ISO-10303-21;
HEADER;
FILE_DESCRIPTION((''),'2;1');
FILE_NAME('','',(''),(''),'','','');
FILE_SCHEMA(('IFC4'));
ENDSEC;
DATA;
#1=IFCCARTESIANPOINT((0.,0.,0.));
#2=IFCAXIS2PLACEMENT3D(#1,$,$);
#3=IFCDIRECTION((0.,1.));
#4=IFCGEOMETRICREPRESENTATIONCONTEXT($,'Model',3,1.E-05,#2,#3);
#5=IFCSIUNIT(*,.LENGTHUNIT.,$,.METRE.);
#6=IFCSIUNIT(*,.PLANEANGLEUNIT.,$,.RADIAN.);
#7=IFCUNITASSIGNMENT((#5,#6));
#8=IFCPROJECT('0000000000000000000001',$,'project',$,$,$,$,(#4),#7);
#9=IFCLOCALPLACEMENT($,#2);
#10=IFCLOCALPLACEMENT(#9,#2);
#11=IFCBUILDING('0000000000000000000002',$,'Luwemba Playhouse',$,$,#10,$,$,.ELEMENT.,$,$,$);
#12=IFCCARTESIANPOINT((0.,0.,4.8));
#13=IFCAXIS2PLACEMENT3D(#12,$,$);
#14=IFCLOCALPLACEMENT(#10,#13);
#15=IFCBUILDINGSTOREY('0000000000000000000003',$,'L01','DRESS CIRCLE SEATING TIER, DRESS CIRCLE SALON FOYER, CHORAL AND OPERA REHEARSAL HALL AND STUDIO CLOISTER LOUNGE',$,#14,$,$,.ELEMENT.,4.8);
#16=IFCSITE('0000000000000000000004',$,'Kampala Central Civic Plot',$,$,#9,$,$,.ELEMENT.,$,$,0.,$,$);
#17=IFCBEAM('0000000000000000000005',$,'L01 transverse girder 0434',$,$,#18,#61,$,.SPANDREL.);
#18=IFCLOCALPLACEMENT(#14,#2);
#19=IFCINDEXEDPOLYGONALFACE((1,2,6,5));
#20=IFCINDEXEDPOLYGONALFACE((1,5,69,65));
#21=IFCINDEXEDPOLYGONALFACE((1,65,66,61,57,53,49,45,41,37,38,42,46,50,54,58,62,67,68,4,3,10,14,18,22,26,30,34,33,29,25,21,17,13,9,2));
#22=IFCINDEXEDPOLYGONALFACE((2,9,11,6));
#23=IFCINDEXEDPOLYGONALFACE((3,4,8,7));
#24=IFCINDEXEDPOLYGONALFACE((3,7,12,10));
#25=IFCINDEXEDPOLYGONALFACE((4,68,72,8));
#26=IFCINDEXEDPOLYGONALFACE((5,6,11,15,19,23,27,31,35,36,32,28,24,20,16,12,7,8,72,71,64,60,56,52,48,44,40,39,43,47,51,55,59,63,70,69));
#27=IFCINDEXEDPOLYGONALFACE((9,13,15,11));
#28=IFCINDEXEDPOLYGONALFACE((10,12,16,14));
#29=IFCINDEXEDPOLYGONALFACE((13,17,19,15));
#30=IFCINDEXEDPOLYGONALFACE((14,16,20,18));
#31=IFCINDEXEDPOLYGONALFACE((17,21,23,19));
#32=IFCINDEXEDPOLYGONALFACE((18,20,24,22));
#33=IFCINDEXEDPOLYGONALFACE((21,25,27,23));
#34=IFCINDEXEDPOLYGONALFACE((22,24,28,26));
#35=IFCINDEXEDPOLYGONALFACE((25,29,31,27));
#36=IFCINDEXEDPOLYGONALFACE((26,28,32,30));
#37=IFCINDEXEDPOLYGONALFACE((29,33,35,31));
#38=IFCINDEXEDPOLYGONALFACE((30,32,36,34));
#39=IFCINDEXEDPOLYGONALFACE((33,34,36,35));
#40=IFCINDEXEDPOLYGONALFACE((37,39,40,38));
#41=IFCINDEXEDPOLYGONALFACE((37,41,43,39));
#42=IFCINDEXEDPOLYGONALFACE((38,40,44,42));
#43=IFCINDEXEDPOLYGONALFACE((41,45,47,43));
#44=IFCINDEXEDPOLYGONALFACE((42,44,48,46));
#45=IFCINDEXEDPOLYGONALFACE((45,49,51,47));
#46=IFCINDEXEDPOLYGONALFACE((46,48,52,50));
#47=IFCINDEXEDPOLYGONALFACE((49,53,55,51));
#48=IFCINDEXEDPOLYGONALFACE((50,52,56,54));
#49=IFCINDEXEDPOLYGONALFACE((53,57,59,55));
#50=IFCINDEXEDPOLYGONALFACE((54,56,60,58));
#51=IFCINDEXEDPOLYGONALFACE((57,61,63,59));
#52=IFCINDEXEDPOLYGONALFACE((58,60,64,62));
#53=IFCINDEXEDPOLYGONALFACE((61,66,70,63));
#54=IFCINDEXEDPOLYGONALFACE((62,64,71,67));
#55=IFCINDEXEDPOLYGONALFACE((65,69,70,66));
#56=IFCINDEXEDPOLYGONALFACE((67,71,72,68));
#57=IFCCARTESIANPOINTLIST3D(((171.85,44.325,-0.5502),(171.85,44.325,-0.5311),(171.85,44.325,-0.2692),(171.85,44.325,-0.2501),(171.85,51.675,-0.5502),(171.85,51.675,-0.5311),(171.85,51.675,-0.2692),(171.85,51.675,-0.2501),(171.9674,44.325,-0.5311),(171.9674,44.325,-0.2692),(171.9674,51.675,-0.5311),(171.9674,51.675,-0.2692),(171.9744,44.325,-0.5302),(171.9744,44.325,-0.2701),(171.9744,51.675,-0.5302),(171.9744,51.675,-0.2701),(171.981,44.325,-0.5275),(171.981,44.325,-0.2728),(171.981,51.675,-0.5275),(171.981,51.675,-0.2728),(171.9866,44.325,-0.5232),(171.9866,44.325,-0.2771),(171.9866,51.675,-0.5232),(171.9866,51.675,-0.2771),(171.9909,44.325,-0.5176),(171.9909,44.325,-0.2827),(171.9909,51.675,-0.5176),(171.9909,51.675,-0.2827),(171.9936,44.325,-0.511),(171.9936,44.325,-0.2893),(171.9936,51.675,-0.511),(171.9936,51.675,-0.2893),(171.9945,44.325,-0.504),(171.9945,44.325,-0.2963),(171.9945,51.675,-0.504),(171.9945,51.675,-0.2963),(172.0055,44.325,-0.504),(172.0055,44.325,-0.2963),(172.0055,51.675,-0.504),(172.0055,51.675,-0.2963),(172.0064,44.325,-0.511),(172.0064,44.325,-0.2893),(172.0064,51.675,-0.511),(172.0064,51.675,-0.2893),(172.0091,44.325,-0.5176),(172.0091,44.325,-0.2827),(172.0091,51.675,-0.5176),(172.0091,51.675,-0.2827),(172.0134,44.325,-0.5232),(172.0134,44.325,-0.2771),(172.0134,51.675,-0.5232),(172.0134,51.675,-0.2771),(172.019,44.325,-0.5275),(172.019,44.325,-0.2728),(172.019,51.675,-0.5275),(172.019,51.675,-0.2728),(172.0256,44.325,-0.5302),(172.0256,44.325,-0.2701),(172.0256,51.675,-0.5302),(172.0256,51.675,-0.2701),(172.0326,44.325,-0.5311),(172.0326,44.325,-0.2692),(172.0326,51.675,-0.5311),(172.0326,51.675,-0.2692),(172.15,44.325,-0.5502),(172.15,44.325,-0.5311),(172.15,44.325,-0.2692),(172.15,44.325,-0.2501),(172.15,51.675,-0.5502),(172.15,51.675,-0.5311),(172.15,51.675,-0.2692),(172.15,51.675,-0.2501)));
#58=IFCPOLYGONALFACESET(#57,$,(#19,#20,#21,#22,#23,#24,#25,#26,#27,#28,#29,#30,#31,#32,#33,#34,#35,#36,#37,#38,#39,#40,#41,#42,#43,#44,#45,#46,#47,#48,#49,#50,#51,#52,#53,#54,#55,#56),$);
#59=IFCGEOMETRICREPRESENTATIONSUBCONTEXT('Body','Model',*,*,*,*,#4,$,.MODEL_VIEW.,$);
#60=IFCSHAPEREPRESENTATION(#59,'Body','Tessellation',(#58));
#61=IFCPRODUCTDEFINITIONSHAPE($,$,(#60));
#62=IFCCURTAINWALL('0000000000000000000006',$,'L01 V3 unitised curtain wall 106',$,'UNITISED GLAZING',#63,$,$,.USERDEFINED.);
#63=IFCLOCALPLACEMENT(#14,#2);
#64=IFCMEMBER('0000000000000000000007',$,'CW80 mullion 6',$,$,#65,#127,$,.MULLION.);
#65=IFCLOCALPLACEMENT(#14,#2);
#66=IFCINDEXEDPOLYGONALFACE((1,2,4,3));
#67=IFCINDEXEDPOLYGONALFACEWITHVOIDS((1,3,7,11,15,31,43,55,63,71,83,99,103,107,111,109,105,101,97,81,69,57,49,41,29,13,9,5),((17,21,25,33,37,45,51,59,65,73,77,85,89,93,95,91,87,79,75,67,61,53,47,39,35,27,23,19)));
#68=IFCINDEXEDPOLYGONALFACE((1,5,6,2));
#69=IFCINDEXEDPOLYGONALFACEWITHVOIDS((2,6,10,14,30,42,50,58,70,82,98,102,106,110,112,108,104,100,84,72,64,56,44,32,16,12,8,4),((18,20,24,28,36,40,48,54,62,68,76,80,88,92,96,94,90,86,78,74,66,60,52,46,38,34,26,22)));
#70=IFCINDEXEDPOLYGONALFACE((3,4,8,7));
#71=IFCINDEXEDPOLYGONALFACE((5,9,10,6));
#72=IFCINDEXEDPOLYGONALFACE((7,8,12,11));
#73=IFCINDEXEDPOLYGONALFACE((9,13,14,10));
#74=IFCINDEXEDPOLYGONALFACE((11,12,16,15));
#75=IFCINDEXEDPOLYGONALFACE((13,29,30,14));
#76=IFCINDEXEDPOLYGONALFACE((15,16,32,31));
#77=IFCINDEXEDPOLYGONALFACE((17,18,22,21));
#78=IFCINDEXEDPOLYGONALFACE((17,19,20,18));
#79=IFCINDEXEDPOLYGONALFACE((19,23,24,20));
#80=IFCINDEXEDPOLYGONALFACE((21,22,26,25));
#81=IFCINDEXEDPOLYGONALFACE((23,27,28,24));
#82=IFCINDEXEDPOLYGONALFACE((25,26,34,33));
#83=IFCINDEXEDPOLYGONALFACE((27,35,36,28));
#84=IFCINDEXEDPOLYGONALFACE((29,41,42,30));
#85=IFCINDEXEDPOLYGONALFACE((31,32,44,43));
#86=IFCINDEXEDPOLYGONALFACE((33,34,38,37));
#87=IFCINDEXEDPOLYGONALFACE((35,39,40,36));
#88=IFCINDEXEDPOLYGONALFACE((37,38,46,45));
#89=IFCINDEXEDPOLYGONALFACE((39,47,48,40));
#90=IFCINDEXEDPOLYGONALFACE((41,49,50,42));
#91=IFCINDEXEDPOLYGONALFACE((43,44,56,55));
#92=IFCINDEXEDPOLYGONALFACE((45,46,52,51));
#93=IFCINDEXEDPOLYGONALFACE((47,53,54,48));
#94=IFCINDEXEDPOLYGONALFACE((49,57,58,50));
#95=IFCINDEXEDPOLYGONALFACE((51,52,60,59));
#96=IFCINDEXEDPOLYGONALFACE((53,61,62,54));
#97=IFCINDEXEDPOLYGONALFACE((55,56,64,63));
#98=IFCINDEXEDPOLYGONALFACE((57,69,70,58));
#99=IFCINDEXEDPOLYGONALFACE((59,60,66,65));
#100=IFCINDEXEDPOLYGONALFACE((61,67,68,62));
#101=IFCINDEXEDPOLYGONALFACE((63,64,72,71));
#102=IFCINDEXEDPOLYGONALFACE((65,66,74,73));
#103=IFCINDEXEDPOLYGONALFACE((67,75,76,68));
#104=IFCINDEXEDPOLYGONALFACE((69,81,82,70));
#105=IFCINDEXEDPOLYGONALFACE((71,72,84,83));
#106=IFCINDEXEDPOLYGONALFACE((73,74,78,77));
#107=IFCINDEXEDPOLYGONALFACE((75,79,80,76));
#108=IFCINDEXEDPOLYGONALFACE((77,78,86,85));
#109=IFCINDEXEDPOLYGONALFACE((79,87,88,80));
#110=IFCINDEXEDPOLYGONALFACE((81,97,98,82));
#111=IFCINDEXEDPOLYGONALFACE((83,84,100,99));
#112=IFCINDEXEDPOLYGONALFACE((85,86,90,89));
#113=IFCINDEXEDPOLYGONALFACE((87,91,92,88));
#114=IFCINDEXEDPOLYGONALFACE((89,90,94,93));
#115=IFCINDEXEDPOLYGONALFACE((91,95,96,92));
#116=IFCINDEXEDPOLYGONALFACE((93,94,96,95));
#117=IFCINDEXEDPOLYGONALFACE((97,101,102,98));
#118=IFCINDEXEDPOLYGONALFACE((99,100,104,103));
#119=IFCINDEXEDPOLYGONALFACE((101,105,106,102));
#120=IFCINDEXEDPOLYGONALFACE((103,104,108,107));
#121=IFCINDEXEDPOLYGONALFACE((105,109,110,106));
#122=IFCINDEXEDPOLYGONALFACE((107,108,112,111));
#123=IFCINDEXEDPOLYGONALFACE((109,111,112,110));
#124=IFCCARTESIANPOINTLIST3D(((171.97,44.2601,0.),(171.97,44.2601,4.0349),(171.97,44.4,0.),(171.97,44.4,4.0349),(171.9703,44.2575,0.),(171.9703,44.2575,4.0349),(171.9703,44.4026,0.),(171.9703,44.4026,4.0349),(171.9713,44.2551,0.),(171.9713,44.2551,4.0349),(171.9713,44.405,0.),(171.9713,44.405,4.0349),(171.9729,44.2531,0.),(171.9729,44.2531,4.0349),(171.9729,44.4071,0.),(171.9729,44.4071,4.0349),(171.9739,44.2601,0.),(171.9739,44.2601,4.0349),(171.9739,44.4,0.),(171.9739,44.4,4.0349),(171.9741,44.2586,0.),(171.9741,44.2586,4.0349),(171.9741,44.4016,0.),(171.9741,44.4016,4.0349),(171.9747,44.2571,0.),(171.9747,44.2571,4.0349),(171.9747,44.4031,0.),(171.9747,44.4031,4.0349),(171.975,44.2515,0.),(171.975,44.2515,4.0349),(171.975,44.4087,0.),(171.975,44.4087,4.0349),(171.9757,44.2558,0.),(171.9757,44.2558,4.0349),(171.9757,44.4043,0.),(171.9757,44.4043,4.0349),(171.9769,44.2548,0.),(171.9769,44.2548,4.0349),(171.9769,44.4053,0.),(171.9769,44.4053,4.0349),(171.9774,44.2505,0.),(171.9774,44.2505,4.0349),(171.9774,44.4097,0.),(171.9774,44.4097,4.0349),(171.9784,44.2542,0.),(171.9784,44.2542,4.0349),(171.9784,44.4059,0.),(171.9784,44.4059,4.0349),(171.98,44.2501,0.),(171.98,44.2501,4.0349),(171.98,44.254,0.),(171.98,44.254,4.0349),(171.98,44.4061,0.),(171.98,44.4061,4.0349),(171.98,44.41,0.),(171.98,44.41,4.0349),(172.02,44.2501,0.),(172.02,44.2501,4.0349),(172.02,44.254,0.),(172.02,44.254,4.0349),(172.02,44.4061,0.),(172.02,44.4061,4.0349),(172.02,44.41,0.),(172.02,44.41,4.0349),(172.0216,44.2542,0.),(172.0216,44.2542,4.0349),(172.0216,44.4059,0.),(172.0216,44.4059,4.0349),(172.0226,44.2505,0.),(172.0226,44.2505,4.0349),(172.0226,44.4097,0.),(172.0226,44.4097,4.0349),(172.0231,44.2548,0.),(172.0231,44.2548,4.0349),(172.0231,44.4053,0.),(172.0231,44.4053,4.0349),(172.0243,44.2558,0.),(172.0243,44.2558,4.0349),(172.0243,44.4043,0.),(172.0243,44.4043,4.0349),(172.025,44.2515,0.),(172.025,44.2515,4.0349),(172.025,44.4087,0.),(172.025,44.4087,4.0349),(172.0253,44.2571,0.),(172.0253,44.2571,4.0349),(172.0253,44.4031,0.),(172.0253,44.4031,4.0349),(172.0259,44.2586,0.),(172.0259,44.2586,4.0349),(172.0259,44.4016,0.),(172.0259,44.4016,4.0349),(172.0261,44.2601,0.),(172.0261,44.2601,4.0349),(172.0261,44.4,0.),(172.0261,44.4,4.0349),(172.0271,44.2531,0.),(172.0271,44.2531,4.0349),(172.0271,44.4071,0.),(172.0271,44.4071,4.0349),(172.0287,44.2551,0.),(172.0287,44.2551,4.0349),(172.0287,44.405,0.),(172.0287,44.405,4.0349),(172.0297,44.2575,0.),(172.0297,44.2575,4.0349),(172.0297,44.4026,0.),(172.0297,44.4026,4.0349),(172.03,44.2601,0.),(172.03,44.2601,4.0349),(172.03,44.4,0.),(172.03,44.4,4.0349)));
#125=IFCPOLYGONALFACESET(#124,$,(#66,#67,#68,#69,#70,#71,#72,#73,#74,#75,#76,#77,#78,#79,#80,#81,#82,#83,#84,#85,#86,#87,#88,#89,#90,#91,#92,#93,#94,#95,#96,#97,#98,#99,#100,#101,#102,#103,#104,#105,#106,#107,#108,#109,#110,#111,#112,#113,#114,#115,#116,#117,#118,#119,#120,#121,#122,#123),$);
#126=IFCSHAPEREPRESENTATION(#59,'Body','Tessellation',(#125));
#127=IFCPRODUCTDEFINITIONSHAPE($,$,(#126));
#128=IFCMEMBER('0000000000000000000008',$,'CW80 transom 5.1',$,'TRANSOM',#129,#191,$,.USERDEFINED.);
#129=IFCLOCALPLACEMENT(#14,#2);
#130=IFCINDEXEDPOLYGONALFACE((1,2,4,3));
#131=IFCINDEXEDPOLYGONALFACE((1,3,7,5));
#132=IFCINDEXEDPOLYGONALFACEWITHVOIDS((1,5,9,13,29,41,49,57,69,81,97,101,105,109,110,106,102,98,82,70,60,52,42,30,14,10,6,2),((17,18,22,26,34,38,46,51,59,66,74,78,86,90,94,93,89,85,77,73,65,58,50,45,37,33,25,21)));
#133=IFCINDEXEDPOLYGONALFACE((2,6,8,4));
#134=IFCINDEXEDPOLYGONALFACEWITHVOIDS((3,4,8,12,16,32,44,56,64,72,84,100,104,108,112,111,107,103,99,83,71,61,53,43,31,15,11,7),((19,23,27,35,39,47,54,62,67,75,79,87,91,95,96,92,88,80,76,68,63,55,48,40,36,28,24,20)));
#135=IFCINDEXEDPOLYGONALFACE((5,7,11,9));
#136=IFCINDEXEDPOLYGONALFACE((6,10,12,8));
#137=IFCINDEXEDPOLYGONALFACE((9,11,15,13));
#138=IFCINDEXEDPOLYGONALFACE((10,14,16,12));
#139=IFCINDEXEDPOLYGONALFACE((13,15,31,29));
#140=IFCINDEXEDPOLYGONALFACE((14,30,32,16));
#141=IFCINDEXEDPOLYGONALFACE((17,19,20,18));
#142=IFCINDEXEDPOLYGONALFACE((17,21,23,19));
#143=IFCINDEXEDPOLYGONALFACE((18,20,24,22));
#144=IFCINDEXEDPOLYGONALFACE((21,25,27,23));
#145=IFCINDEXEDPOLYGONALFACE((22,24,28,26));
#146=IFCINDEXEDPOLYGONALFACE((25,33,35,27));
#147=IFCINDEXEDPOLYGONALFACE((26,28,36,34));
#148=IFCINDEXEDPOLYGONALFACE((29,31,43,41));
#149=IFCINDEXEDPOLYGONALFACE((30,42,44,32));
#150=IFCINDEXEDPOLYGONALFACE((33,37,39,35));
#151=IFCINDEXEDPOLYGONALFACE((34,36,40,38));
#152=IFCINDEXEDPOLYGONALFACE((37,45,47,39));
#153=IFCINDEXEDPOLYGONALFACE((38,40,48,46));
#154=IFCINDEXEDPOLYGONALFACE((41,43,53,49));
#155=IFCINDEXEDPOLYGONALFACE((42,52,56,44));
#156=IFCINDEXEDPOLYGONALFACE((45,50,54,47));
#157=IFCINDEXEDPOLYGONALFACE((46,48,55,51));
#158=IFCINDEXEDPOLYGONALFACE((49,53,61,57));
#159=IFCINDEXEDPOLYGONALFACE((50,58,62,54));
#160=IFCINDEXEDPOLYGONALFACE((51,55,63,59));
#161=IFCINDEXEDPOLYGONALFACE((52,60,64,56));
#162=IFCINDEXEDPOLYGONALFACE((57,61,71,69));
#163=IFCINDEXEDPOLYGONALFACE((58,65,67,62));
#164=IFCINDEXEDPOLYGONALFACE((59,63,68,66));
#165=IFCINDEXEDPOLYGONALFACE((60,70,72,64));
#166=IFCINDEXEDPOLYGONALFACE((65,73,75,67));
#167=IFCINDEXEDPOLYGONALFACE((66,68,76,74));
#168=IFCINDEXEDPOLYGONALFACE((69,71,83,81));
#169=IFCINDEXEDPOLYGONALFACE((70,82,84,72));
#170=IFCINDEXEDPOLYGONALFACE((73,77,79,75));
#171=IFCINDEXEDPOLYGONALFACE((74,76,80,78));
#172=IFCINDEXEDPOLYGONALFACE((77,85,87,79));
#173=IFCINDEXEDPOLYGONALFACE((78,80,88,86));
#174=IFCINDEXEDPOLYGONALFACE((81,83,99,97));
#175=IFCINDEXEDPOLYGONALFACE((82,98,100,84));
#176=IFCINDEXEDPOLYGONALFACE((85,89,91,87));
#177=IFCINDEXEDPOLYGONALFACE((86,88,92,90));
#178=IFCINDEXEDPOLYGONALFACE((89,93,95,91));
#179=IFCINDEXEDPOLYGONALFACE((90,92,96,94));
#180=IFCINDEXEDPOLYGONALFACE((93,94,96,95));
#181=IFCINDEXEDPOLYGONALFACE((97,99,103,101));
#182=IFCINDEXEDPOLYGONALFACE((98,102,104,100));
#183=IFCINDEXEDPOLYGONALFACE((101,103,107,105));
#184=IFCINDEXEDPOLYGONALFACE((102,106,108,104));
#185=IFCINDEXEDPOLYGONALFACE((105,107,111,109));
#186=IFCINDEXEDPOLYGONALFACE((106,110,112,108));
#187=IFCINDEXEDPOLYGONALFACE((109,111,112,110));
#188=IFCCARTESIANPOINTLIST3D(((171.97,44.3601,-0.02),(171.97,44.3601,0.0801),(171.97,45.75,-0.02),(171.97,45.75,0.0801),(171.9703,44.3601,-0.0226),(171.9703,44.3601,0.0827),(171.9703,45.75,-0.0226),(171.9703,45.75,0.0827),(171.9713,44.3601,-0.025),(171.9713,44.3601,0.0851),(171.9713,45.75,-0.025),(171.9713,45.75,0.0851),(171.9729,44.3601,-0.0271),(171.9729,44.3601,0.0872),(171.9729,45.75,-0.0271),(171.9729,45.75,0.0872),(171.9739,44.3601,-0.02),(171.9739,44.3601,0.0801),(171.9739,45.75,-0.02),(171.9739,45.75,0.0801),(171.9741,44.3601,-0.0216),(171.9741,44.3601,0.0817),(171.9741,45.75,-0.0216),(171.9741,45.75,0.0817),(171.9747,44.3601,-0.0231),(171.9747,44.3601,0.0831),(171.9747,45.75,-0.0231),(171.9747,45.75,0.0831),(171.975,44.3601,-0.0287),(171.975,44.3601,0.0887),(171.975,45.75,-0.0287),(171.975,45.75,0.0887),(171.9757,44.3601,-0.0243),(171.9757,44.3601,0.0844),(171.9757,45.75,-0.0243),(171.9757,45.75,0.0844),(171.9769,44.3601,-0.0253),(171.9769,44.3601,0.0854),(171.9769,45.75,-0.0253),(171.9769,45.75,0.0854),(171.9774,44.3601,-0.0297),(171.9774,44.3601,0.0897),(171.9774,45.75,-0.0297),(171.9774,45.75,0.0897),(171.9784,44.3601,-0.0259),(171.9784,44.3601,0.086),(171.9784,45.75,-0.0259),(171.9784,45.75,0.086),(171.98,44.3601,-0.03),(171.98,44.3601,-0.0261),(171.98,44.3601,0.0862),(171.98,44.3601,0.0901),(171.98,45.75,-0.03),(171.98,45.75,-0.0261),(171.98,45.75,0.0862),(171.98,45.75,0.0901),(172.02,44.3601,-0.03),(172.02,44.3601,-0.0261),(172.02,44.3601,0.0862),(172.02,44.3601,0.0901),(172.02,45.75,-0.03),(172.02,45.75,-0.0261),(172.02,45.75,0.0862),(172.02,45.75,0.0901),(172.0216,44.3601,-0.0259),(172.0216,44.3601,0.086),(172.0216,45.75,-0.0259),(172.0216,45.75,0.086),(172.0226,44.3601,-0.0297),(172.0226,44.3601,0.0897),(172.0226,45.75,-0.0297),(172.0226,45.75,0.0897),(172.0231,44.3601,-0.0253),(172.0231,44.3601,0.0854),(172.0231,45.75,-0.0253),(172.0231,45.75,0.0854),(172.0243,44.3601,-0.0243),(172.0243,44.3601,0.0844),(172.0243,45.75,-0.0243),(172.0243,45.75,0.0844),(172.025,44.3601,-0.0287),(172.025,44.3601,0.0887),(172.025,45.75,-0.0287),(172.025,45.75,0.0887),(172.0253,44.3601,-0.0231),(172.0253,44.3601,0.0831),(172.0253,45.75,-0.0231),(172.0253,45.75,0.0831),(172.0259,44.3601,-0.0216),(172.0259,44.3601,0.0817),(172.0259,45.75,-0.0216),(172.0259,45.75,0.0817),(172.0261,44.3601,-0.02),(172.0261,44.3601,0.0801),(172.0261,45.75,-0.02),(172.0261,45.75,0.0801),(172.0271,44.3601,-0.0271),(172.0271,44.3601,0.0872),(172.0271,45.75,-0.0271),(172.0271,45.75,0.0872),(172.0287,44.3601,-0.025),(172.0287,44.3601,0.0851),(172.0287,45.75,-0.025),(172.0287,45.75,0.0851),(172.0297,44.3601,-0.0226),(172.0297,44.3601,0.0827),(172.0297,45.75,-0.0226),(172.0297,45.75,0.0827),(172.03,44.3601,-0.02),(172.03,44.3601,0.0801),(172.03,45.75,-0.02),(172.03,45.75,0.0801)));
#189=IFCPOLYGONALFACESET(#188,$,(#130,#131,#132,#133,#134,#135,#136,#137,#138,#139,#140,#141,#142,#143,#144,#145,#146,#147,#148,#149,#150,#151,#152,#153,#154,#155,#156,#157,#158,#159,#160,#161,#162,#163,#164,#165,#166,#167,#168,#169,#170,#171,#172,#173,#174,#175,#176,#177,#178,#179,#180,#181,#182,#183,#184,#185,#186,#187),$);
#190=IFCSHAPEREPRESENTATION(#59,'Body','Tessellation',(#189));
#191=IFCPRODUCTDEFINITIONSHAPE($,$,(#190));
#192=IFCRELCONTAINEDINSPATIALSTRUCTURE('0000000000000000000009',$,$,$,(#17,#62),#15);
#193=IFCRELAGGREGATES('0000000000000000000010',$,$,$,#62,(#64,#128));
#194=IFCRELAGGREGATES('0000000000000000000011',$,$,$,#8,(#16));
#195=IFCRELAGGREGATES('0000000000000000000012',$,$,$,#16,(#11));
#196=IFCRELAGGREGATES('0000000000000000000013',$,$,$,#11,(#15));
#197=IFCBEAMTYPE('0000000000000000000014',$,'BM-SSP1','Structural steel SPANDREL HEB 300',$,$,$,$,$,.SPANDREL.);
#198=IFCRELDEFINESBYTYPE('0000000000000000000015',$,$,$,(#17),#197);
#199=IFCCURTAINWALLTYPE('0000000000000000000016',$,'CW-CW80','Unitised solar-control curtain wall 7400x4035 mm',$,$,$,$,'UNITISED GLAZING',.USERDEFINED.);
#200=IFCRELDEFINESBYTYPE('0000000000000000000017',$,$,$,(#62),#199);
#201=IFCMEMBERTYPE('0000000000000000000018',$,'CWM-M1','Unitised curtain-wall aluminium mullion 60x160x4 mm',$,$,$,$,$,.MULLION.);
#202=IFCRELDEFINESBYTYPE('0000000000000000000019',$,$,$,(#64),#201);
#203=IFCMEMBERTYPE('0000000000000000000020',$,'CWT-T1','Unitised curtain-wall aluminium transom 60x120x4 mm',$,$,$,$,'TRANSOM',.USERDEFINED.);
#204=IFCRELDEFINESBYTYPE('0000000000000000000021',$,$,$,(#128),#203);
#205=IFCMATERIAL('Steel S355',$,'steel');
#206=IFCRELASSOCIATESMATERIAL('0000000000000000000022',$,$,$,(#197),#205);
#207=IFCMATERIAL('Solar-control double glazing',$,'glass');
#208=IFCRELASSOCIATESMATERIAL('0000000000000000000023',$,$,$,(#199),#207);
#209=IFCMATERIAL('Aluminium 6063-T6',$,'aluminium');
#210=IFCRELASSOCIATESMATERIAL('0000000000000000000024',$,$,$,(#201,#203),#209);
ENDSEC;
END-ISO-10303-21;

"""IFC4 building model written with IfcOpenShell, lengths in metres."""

from ifc_helpers import new_model, si_unit, direction, frame, origin, origin_2d, place, context, subcontext, project, spatial, hollow_rectangle, i_section, extrude, material, material_profile, profile_set, type_object, element, aggregate, save


model = new_model("IFC4")

# Units and contexts
model_context = context("Model", 3, precision=1e-05, world=origin(), true_north=direction((0.0, 1.0)))
body_context = subcontext(model_context, "Body", "Model", "MODEL_VIEW")
ifc_project = project(units=[si_unit("LENGTHUNIT", "METRE"), si_unit("PLANEANGLEUNIT", "RADIAN")], contexts=[model_context])

# Site, building, storey
site_placement = place(None, origin())
site = spatial("IfcSite", under=ifc_project, at=site_placement, Name="Kampala Central Civic Plot", CompositionType="ELEMENT", RefElevation=0.0)
building_placement = place(site_placement, origin())
building = spatial("IfcBuilding", under=site, at=building_placement, Name="Luwemba Playhouse", CompositionType="ELEMENT")
storey_placement = place(building_placement, frame((0.0, 0.0, 4.8)))
storey = spatial("IfcBuildingStorey", under=building, at=storey_placement, Name="L01", Description="DRESS CIRCLE SEATING TIER, DRESS CIRCLE SALON FOYER, CHORAL AND OPERA REHEARSAL HALL AND STUDIO CLOISTER LOUNGE", CompositionType="ELEMENT", Elevation=4.8)

# Beam
ifc_material_1 = material(Name="Steel S355", Category="steel")
ifc_material_profile_1 = material_profile(ifc_material_1, i_section(OverallWidth=0.3, OverallDepth=0.3, WebThickness=0.011, FlangeThickness=0.019, FilletRadius=0.0271, at=origin_2d()))
ifc_profile_set_1 = profile_set([ifc_material_profile_1], Name="Steel S355")
beam_type_1 = type_object("IfcBeamType", Name="BM-SSP1", Description="Structural steel SPANDREL HEB 300", PredefinedType="SPANDREL", material=ifc_profile_set_1)
beam_1_placement = place(storey_placement, frame((172.0, 44.325, -0.4001), z_axis=(0.0, 1.0, 0.0), x_axis=(-1.0, 0.0, 0.0)))
element("IfcBeam", 1, at=beam_1_placement, inside=storey, type_object=beam_type_1, Name="L01 transverse girder 0434", PredefinedType="SPANDREL", context=body_context, shape_type="SweptSolid", body=[
    extrude(i_section(OverallWidth=0.3, OverallDepth=0.3, WebThickness=0.011, FlangeThickness=0.019, FilletRadius=0.0271, at=origin_2d()), origin(), (0.0, 0.0, 1.0), 7.3501),
])

# Curtain wall, members
ifc_material_2 = material(Name="Solar-control double glazing", Category="glass")
curtain_wall_type = type_object("IfcCurtainWallType", Name="CW-CW80", Description="Unitised solar-control curtain wall 7400x4035 mm", ElementType="UNITISED GLAZING", PredefinedType="USERDEFINED", material=ifc_material_2)
curtain_wall_placement = place(storey_placement, origin())
curtain_wall = element("IfcCurtainWall", 2, at=curtain_wall_placement, inside=storey, type_object=curtain_wall_type, Name="L01 V3 unitised curtain wall 106", ObjectType="UNITISED GLAZING", PredefinedType="USERDEFINED")
ifc_material_3 = material(Name="Aluminium 6063-T6", Category="aluminium")
ifc_material_profile_2 = material_profile(ifc_material_3, hollow_rectangle(XDim=0.0601, YDim=0.1599, WallThickness=0.0039, InnerFilletRadius=0.0061, OuterFilletRadius=0.01, at=origin_2d()))
ifc_profile_set_2 = profile_set([ifc_material_profile_2], Name="Aluminium 6063-T6")
member_type_1 = type_object("IfcMemberType", Name="CWM-M1", Description="Unitised curtain-wall aluminium mullion 60x160x4 mm", PredefinedType="MULLION", material=ifc_profile_set_2)
member_1_placement = place(storey_placement, frame((172.0, 44.3301, 0.0), z_axis=(0.0, 0.0, 1.0), x_axis=(1.0, 0.0, 0.0)))
member_1 = element("IfcMember", 3, at=member_1_placement, type_object=member_type_1, Name="CW80 mullion 6", PredefinedType="MULLION", context=body_context, shape_type="SweptSolid", body=[
    extrude(hollow_rectangle(XDim=0.0601, YDim=0.1599, WallThickness=0.0039, InnerFilletRadius=0.0061, OuterFilletRadius=0.01, at=origin_2d()), origin(), (0.0, 0.0, 1.0), 4.0349),
])
ifc_material_profile_3 = material_profile(ifc_material_3, hollow_rectangle(XDim=0.0601, YDim=0.1201, WallThickness=0.0039, InnerFilletRadius=0.0061, OuterFilletRadius=0.01, at=origin_2d()))
ifc_profile_set_3 = profile_set([ifc_material_profile_3], Name="Aluminium 6063-T6")
member_type_2 = type_object("IfcMemberType", Name="CWT-T1", Description="Unitised curtain-wall aluminium transom 60x120x4 mm", ElementType="TRANSOM", PredefinedType="USERDEFINED", material=ifc_profile_set_3)
member_2_placement = place(storey_placement, frame((172.0, 45.75, 0.03), z_axis=(0.0, -1.0, 0.0), x_axis=(1.0, 0.0, 0.0)))
member_2 = element("IfcMember", 4, at=member_2_placement, type_object=member_type_2, Name="CW80 transom 5.1", ObjectType="TRANSOM", PredefinedType="USERDEFINED", context=body_context, shape_type="SweptSolid", body=[
    extrude(hollow_rectangle(XDim=0.0601, YDim=0.1201, WallThickness=0.0039, InnerFilletRadius=0.0061, OuterFilletRadius=0.01, at=origin_2d()), origin(), (0.0, 0.0, 1.0), 1.3899),
])
aggregate(curtain_wall, [member_1, member_2])

save(model, "model.ifc")
